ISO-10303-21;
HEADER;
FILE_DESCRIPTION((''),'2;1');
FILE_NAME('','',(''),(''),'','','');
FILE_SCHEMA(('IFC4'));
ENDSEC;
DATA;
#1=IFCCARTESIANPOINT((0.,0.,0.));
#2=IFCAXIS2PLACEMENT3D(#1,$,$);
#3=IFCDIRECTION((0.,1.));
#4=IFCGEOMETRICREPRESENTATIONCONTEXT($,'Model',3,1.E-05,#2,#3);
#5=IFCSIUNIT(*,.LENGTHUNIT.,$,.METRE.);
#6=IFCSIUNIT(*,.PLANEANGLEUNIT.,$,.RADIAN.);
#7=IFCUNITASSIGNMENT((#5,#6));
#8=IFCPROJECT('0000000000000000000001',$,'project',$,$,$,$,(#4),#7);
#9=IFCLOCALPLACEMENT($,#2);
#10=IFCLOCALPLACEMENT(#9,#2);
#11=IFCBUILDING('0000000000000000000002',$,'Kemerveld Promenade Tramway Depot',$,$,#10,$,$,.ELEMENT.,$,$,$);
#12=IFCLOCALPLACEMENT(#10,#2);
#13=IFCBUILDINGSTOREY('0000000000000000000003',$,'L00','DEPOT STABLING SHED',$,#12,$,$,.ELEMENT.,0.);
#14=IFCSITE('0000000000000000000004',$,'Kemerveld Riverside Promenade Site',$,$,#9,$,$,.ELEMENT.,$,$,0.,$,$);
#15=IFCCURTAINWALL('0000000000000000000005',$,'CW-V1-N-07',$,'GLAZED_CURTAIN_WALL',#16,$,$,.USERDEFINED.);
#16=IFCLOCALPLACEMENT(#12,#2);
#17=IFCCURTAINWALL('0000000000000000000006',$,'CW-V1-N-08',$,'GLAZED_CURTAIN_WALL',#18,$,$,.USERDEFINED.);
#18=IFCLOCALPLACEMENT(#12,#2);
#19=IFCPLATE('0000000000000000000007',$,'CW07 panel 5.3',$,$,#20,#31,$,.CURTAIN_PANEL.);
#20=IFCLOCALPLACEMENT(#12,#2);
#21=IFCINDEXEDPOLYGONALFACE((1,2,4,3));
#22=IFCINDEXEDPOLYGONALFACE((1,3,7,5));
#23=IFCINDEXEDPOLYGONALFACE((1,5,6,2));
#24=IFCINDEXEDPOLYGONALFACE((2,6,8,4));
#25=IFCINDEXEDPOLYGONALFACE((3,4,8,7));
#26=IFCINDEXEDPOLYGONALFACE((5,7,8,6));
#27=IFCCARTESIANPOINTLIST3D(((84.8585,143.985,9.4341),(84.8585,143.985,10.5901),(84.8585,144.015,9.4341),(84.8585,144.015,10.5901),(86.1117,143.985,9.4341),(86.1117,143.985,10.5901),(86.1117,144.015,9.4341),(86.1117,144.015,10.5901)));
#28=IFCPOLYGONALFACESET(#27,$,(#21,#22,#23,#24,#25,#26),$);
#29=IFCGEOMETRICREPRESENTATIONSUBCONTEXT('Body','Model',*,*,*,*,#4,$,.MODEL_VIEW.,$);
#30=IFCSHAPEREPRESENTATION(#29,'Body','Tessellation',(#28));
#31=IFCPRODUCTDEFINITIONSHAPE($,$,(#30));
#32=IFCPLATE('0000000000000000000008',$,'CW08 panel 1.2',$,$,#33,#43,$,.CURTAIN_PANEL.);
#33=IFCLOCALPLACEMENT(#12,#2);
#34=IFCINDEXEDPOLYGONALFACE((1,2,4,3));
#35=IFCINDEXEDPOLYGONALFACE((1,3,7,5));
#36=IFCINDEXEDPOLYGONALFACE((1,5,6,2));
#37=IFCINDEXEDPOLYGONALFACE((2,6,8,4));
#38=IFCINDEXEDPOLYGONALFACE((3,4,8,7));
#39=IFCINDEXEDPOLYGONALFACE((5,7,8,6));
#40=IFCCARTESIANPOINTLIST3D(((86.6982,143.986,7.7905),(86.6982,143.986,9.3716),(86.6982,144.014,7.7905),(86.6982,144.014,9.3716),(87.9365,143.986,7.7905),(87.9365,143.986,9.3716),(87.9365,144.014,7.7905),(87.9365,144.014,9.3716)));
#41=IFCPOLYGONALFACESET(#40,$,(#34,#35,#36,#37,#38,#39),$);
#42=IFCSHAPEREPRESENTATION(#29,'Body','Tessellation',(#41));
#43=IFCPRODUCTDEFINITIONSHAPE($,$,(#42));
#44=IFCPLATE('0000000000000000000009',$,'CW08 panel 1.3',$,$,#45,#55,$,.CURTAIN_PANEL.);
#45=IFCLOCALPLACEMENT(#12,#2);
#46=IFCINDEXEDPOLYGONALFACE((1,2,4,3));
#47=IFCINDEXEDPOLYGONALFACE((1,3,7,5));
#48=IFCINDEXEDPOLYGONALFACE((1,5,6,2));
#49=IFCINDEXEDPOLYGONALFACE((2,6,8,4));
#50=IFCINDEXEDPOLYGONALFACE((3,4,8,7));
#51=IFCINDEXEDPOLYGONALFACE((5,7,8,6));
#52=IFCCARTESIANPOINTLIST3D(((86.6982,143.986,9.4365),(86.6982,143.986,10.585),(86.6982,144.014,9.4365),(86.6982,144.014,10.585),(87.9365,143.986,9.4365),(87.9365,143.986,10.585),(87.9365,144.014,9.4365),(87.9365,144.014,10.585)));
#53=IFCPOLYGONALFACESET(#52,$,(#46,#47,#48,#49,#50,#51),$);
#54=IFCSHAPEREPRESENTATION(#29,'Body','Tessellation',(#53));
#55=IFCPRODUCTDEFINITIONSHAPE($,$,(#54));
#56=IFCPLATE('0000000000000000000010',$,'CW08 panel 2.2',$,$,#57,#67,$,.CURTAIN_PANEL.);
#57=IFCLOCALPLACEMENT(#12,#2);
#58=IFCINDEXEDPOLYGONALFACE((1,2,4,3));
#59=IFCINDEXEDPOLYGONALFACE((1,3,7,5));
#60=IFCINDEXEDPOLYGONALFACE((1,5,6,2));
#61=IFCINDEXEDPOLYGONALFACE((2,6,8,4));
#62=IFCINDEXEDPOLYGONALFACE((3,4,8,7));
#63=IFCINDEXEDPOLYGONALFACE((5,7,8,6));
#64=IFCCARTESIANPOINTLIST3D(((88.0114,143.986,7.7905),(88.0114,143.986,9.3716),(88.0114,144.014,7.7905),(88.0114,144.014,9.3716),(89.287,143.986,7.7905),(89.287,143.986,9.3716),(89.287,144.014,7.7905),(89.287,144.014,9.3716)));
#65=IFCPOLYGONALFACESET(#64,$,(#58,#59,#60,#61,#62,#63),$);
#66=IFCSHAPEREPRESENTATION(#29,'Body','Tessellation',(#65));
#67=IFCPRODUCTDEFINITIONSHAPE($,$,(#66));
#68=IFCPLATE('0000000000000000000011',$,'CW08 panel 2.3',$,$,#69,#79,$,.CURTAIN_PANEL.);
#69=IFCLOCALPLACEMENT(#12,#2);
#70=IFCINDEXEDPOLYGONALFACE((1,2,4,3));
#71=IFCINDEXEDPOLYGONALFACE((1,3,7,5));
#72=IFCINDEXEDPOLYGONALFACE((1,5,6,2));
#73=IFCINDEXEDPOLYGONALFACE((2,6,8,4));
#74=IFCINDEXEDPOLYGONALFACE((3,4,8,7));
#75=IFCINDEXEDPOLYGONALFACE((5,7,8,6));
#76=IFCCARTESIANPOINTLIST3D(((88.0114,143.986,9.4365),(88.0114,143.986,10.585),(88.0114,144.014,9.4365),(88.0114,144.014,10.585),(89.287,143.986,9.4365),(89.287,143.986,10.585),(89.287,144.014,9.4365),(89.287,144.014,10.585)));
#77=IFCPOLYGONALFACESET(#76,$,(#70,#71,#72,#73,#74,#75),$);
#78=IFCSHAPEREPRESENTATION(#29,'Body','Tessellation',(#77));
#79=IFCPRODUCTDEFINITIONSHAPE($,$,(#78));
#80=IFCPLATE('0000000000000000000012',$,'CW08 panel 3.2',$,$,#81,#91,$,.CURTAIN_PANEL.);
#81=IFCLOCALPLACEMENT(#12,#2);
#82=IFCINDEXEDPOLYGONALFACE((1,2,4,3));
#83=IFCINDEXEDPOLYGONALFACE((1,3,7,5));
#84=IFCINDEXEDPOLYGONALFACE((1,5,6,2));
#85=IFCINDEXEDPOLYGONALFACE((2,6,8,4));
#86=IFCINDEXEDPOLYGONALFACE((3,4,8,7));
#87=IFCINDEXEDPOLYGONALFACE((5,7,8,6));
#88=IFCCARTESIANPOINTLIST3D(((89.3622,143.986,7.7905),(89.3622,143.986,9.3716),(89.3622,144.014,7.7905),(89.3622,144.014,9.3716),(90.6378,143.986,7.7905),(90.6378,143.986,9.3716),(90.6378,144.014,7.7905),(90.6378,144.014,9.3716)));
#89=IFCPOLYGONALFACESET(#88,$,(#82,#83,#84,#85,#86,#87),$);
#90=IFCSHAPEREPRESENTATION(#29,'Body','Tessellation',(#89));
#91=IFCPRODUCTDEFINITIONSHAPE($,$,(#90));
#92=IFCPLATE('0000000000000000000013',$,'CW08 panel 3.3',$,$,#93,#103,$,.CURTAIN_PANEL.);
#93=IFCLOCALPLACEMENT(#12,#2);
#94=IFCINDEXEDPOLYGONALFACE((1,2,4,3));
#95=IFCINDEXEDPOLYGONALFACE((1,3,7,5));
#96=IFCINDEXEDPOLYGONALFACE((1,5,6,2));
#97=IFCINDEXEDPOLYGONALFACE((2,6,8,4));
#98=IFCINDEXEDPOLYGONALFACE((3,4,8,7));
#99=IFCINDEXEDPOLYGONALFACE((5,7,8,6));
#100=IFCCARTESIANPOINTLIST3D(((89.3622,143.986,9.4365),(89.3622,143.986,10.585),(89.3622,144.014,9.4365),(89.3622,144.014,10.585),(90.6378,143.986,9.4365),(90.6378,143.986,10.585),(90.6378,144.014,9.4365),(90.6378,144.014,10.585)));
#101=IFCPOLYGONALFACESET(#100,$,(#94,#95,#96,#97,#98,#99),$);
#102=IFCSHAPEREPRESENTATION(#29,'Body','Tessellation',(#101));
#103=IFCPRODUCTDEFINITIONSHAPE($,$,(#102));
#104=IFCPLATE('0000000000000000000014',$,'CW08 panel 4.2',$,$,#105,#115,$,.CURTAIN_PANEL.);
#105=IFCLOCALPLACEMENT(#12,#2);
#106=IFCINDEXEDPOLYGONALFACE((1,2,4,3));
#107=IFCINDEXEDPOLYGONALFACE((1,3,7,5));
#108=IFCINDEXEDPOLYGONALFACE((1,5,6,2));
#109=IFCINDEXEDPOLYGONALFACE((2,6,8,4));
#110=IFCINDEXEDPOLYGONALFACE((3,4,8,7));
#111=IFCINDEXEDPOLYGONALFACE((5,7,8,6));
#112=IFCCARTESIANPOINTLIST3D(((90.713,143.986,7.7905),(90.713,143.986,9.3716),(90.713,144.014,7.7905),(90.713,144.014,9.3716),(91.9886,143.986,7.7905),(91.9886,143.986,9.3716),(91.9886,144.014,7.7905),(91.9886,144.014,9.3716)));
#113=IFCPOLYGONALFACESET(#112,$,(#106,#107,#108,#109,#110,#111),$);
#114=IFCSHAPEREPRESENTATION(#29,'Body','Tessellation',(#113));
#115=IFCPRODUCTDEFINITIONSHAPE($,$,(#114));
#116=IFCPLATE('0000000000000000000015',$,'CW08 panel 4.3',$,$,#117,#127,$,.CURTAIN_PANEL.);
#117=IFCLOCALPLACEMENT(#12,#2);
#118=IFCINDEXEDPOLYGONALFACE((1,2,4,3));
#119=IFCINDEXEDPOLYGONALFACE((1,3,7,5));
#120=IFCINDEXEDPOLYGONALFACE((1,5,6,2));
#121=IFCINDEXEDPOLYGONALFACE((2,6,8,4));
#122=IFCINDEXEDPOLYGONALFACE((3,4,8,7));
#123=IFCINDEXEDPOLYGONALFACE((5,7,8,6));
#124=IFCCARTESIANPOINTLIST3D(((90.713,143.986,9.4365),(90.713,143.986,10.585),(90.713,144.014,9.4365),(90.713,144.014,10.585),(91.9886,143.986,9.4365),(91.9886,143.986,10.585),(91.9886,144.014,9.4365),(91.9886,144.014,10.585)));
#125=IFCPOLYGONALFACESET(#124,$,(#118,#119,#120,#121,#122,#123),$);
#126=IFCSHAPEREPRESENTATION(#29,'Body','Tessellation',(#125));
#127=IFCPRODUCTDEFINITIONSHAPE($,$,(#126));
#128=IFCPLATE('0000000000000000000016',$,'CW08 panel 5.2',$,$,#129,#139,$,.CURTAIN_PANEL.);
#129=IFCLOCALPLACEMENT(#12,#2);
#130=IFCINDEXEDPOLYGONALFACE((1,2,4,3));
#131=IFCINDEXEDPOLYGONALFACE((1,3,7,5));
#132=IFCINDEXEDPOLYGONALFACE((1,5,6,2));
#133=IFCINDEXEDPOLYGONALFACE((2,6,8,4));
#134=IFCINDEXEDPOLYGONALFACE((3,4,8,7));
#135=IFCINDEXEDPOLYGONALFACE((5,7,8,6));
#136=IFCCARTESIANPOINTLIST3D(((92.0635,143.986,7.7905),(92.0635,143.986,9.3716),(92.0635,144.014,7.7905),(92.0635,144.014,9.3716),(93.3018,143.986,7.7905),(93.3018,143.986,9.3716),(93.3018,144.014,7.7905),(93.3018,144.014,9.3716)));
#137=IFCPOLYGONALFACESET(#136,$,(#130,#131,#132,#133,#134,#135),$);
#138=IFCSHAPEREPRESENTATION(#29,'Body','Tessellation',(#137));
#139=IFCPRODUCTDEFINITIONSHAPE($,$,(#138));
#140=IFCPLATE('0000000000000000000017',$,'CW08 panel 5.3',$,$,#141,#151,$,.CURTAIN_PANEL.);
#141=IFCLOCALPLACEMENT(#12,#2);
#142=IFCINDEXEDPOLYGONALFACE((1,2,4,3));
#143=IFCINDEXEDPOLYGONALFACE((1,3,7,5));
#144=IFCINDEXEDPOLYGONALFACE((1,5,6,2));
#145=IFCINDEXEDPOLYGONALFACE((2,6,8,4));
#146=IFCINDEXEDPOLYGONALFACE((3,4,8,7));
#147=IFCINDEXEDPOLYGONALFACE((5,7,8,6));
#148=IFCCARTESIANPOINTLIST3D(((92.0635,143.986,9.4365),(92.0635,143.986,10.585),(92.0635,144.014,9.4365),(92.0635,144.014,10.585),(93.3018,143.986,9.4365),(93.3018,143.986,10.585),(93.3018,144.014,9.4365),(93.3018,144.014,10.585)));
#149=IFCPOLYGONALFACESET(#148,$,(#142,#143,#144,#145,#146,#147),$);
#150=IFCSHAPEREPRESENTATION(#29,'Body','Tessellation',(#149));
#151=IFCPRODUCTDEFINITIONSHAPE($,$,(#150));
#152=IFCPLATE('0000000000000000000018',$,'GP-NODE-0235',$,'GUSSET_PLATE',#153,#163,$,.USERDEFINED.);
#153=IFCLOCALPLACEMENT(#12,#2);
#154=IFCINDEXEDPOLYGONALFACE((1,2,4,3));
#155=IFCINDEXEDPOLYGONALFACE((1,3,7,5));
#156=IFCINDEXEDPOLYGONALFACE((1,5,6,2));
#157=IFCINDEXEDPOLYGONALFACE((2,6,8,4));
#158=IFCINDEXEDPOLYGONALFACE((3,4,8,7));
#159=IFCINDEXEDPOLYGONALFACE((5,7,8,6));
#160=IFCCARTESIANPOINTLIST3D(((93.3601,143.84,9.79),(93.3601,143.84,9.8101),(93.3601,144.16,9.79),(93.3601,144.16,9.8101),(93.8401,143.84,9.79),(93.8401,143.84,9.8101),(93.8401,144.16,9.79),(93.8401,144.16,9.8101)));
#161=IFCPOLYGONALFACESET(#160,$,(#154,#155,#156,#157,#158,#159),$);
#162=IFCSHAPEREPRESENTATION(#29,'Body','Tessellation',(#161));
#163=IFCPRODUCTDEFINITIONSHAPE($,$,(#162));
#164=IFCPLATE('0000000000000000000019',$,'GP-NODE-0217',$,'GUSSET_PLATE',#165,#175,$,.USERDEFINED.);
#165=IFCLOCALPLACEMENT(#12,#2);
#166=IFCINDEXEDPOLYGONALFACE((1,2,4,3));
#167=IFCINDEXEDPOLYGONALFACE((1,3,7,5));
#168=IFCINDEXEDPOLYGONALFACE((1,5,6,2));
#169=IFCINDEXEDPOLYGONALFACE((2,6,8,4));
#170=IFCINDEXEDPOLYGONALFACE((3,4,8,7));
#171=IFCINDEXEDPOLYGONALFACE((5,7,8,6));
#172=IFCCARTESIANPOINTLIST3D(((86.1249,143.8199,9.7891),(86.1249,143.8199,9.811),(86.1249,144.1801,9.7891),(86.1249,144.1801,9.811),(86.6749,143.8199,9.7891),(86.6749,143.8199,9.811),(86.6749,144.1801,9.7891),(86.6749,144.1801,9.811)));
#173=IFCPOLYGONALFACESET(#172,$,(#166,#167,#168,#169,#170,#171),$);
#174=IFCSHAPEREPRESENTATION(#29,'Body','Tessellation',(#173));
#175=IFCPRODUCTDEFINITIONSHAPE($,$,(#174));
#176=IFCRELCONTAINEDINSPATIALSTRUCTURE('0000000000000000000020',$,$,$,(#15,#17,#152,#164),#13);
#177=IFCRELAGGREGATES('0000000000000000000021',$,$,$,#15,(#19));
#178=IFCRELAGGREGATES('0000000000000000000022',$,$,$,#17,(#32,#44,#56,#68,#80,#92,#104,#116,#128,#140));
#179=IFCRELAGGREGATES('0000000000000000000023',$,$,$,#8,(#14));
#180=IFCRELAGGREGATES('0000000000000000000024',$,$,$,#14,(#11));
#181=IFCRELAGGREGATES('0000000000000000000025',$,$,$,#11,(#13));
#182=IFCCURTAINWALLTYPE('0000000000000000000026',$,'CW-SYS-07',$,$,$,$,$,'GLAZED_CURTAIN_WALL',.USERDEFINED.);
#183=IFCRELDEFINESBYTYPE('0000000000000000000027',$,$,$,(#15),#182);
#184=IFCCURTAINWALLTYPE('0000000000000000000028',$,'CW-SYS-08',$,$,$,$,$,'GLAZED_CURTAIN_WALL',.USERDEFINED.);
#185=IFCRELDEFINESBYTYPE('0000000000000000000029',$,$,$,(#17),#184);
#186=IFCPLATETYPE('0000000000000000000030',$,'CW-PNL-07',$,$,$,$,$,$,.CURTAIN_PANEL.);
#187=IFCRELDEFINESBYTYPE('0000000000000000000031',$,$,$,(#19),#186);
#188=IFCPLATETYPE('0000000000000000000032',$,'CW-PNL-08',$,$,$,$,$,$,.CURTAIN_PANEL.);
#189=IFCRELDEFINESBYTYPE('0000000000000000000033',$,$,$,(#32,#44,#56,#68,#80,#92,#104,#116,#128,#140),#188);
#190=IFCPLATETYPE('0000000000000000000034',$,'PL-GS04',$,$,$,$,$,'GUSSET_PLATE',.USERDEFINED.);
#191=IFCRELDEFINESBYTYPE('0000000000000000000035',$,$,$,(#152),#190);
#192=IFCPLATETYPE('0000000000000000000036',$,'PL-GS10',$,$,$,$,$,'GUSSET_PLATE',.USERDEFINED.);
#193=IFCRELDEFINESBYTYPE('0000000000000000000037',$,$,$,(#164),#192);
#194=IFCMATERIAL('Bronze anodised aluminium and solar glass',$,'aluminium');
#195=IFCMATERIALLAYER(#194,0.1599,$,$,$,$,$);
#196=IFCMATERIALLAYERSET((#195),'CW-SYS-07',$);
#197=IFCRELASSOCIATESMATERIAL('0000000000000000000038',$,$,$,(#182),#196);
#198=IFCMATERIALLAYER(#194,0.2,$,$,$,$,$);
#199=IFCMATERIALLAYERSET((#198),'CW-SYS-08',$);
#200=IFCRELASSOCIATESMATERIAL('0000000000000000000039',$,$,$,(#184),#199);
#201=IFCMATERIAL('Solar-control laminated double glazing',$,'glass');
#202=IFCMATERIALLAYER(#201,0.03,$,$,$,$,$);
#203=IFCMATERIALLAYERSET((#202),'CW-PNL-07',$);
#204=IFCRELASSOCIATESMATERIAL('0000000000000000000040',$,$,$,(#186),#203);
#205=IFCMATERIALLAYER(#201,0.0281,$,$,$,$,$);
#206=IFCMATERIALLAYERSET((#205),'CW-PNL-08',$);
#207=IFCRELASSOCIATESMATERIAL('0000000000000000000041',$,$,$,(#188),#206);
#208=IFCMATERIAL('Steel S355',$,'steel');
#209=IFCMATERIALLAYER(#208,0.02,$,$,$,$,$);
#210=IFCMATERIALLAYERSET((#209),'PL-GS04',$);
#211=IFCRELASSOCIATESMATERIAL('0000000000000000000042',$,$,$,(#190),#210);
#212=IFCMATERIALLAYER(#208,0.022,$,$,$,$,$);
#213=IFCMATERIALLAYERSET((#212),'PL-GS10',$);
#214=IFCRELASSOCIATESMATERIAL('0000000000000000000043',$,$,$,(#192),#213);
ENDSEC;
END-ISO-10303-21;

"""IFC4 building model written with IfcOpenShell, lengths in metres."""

from ifc_helpers import new_model, si_unit, direction, frame, origin, origin_2d, place, context, subcontext, project, spatial, rectangle, extrude, material, layer, layer_set, type_object, element, aggregate, save


model = new_model("IFC4")

# Units and contexts
model_context = context("Model", 3, precision=1e-05, world=origin(), true_north=direction((0.0, 1.0)))
body_context = subcontext(model_context, "Body", "Model", "MODEL_VIEW")
ifc_project = project(units=[si_unit("LENGTHUNIT", "METRE"), si_unit("PLANEANGLEUNIT", "RADIAN")], contexts=[model_context])

# Site, building, storey
site_placement = place(None, origin())
site = spatial("IfcSite", under=ifc_project, at=site_placement, Name="Kemerveld Riverside Promenade Site", CompositionType="ELEMENT", RefElevation=0.0)
building_placement = place(site_placement, origin())
building = spatial("IfcBuilding", under=site, at=building_placement, Name="Kemerveld Promenade Tramway Depot", CompositionType="ELEMENT")
storey_placement = place(building_placement, origin())
storey = spatial("IfcBuildingStorey", under=building, at=storey_placement, Name="L00", Description="DEPOT STABLING SHED", CompositionType="ELEMENT", Elevation=0.0)

# Shared definitions
ifc_material_1 = material(Name="Steel S355", Category="steel")

# Curtain walls
ifc_material_2 = material(Name="Bronze anodised aluminium and solar glass", Category="aluminium")
ifc_layer_1 = layer(ifc_material_2, 0.1599)
ifc_layer_set_1 = layer_set([ifc_layer_1], Name="CW-SYS-07")
curtain_wall_type_1 = type_object("IfcCurtainWallType", Name="CW-SYS-07", ElementType="GLAZED_CURTAIN_WALL", PredefinedType="USERDEFINED", material=ifc_layer_set_1)
curtain_wall_1_placement = place(storey_placement, origin())
curtain_wall_1 = element("IfcCurtainWall", 1, at=curtain_wall_1_placement, inside=storey, type_object=curtain_wall_type_1, Name="CW-V1-N-07", ObjectType="GLAZED_CURTAIN_WALL", PredefinedType="USERDEFINED")
ifc_layer_2 = layer(ifc_material_2, 0.2)
ifc_layer_set_2 = layer_set([ifc_layer_2], Name="CW-SYS-08")
curtain_wall_type_2 = type_object("IfcCurtainWallType", Name="CW-SYS-08", ElementType="GLAZED_CURTAIN_WALL", PredefinedType="USERDEFINED", material=ifc_layer_set_2)
curtain_wall_2_placement = place(storey_placement, origin())
curtain_wall_2 = element("IfcCurtainWall", 2, at=curtain_wall_2_placement, inside=storey, type_object=curtain_wall_type_2, Name="CW-V1-N-08", ObjectType="GLAZED_CURTAIN_WALL", PredefinedType="USERDEFINED")

# Plates
ifc_material_3 = material(Name="Solar-control laminated double glazing", Category="glass")
ifc_layer_3 = layer(ifc_material_3, 0.03)
ifc_layer_set_3 = layer_set([ifc_layer_3], Name="CW-PNL-07")
plate_type_1 = type_object("IfcPlateType", Name="CW-PNL-07", PredefinedType="CURTAIN_PANEL", material=ifc_layer_set_3)
plate_1_placement = place(storey_placement, frame((85.4851, 144.0, 9.4341), z_axis=(0.0, 0.0, 1.0), x_axis=(1.0, 0.0, 0.0)))
plate_1 = element("IfcPlate", 3, at=plate_1_placement, type_object=plate_type_1, Name="CW07 panel 5.3", PredefinedType="CURTAIN_PANEL", context=body_context, shape_type="SweptSolid", body=[
    extrude(rectangle(XDim=1.2532, YDim=0.03, at=origin_2d()), origin(), (0.0, 0.0, 1.0), 1.156),
])
aggregate(curtain_wall_1, [plate_1])
ifc_layer_4 = layer(ifc_material_3, 0.0281)
ifc_layer_set_4 = layer_set([ifc_layer_4], Name="CW-PNL-08")
plate_type_2 = type_object("IfcPlateType", Name="CW-PNL-08", PredefinedType="CURTAIN_PANEL", material=ifc_layer_set_4)
plate_2_placement = place(storey_placement, frame((87.3174, 144.0, 7.7905), z_axis=(0.0, 0.0, 1.0), x_axis=(1.0, 0.0, 0.0)))
plate_2 = element("IfcPlate", 4, at=plate_2_placement, type_object=plate_type_2, Name="CW08 panel 1.2", PredefinedType="CURTAIN_PANEL", context=body_context, shape_type="SweptSolid", body=[
    extrude(rectangle(XDim=1.2383, YDim=0.0281, at=origin_2d()), origin(), (0.0, 0.0, 1.0), 1.5811),
])
plate_3_placement = place(storey_placement, frame((87.3174, 144.0, 9.4365), z_axis=(0.0, 0.0, 1.0), x_axis=(1.0, 0.0, 0.0)))
plate_3 = element("IfcPlate", 5, at=plate_3_placement, type_object=plate_type_2, Name="CW08 panel 1.3", PredefinedType="CURTAIN_PANEL", context=body_context, shape_type="SweptSolid", body=[
    extrude(rectangle(XDim=1.2383, YDim=0.0281, at=origin_2d()), origin(), (0.0, 0.0, 1.0), 1.1484),
])
plate_4_placement = place(storey_placement, frame((88.6492, 144.0, 7.7905), z_axis=(0.0, 0.0, 1.0), x_axis=(1.0, 0.0, 0.0)))
plate_4 = element("IfcPlate", 6, at=plate_4_placement, type_object=plate_type_2, Name="CW08 panel 2.2", PredefinedType="CURTAIN_PANEL", context=body_context, shape_type="SweptSolid", body=[
    extrude(rectangle(XDim=1.2756, YDim=0.0281, at=origin_2d()), origin(), (0.0, 0.0, 1.0), 1.5811),
])
plate_5_placement = place(storey_placement, frame((88.6492, 144.0, 9.4365), z_axis=(0.0, 0.0, 1.0), x_axis=(1.0, 0.0, 0.0)))
plate_5 = element("IfcPlate", 7, at=plate_5_placement, type_object=plate_type_2, Name="CW08 panel 2.3", PredefinedType="CURTAIN_PANEL", context=body_context, shape_type="SweptSolid", body=[
    extrude(rectangle(XDim=1.2756, YDim=0.0281, at=origin_2d()), origin(), (0.0, 0.0, 1.0), 1.1484),
])
plate_6_placement = place(storey_placement, frame((90.0, 144.0, 7.7905), z_axis=(0.0, 0.0, 1.0), x_axis=(1.0, 0.0, 0.0)))
plate_6 = element("IfcPlate", 8, at=plate_6_placement, type_object=plate_type_2, Name="CW08 panel 3.2", PredefinedType="CURTAIN_PANEL", context=body_context, shape_type="SweptSolid", body=[
    extrude(rectangle(XDim=1.2756, YDim=0.0281, at=origin_2d()), origin(), (0.0, 0.0, 1.0), 1.5811),
])
plate_7_placement = place(storey_placement, frame((90.0, 144.0, 9.4365), z_axis=(0.0, 0.0, 1.0), x_axis=(1.0, 0.0, 0.0)))
plate_7 = element("IfcPlate", 9, at=plate_7_placement, type_object=plate_type_2, Name="CW08 panel 3.3", PredefinedType="CURTAIN_PANEL", context=body_context, shape_type="SweptSolid", body=[
    extrude(rectangle(XDim=1.2756, YDim=0.0281, at=origin_2d()), origin(), (0.0, 0.0, 1.0), 1.1484),
])
plate_8_placement = place(storey_placement, frame((91.3508, 144.0, 7.7905), z_axis=(0.0, 0.0, 1.0), x_axis=(1.0, 0.0, 0.0)))
plate_8 = element("IfcPlate", 10, at=plate_8_placement, type_object=plate_type_2, Name="CW08 panel 4.2", PredefinedType="CURTAIN_PANEL", context=body_context, shape_type="SweptSolid", body=[
    extrude(rectangle(XDim=1.2756, YDim=0.0281, at=origin_2d()), origin(), (0.0, 0.0, 1.0), 1.5811),
])
plate_9_placement = place(storey_placement, frame((91.3508, 144.0, 9.4365), z_axis=(0.0, 0.0, 1.0), x_axis=(1.0, 0.0, 0.0)))
plate_9 = element("IfcPlate", 11, at=plate_9_placement, type_object=plate_type_2, Name="CW08 panel 4.3", PredefinedType="CURTAIN_PANEL", context=body_context, shape_type="SweptSolid", body=[
    extrude(rectangle(XDim=1.2756, YDim=0.0281, at=origin_2d()), origin(), (0.0, 0.0, 1.0), 1.1484),
])
plate_10_placement = place(storey_placement, frame((92.6826, 144.0, 7.7905), z_axis=(0.0, 0.0, 1.0), x_axis=(1.0, 0.0, 0.0)))
plate_10 = element("IfcPlate", 12, at=plate_10_placement, type_object=plate_type_2, Name="CW08 panel 5.2", PredefinedType="CURTAIN_PANEL", context=body_context, shape_type="SweptSolid", body=[
    extrude(rectangle(XDim=1.2383, YDim=0.0281, at=origin_2d()), origin(), (0.0, 0.0, 1.0), 1.5811),
])
plate_11_placement = place(storey_placement, frame((92.6826, 144.0, 9.4365), z_axis=(0.0, 0.0, 1.0), x_axis=(1.0, 0.0, 0.0)))
plate_11 = element("IfcPlate", 13, at=plate_11_placement, type_object=plate_type_2, Name="CW08 panel 5.3", PredefinedType="CURTAIN_PANEL", context=body_context, shape_type="SweptSolid", body=[
    extrude(rectangle(XDim=1.2383, YDim=0.0281, at=origin_2d()), origin(), (0.0, 0.0, 1.0), 1.1484),
])
aggregate(curtain_wall_2, [plate_2, plate_3, plate_4, plate_5, plate_6, plate_7, plate_8, plate_9, plate_10, plate_11])

# Plates
ifc_layer_5 = layer(ifc_material_1, 0.02)
ifc_layer_set_5 = layer_set([ifc_layer_5], Name="PL-GS04")
plate_type_3 = type_object("IfcPlateType", Name="PL-GS04", ElementType="GUSSET_PLATE", PredefinedType="USERDEFINED", material=ifc_layer_set_5)
plate_12_placement = place(storey_placement, frame((93.6001, 144.0, 9.79), z_axis=(0.0, 0.0, 1.0), x_axis=(1.0, 0.0, 0.0)))
element("IfcPlate", 14, at=plate_12_placement, inside=storey, type_object=plate_type_3, Name="GP-NODE-0235", ObjectType="GUSSET_PLATE", PredefinedType="USERDEFINED", context=body_context, shape_type="SweptSolid", body=[
    extrude(rectangle(XDim=0.48, YDim=0.3201, at=origin_2d()), origin(), (0.0, 0.0, 1.0), 0.02),
])
ifc_layer_6 = layer(ifc_material_1, 0.022)
ifc_layer_set_6 = layer_set([ifc_layer_6], Name="PL-GS10")
plate_type_4 = type_object("IfcPlateType", Name="PL-GS10", ElementType="GUSSET_PLATE", PredefinedType="USERDEFINED", material=ifc_layer_set_6)
plate_13_placement = place(storey_placement, frame((86.3999, 144.0, 9.7891), z_axis=(0.0, 0.0, 1.0), x_axis=(1.0, 0.0, 0.0)))
element("IfcPlate", 15, at=plate_13_placement, inside=storey, type_object=plate_type_4, Name="GP-NODE-0217", ObjectType="GUSSET_PLATE", PredefinedType="USERDEFINED", context=body_context, shape_type="SweptSolid", body=[
    extrude(rectangle(XDim=0.55, YDim=0.3601, at=origin_2d()), origin(), (0.0, 0.0, 1.0), 0.022),
])

save(model, "model.ifc")
